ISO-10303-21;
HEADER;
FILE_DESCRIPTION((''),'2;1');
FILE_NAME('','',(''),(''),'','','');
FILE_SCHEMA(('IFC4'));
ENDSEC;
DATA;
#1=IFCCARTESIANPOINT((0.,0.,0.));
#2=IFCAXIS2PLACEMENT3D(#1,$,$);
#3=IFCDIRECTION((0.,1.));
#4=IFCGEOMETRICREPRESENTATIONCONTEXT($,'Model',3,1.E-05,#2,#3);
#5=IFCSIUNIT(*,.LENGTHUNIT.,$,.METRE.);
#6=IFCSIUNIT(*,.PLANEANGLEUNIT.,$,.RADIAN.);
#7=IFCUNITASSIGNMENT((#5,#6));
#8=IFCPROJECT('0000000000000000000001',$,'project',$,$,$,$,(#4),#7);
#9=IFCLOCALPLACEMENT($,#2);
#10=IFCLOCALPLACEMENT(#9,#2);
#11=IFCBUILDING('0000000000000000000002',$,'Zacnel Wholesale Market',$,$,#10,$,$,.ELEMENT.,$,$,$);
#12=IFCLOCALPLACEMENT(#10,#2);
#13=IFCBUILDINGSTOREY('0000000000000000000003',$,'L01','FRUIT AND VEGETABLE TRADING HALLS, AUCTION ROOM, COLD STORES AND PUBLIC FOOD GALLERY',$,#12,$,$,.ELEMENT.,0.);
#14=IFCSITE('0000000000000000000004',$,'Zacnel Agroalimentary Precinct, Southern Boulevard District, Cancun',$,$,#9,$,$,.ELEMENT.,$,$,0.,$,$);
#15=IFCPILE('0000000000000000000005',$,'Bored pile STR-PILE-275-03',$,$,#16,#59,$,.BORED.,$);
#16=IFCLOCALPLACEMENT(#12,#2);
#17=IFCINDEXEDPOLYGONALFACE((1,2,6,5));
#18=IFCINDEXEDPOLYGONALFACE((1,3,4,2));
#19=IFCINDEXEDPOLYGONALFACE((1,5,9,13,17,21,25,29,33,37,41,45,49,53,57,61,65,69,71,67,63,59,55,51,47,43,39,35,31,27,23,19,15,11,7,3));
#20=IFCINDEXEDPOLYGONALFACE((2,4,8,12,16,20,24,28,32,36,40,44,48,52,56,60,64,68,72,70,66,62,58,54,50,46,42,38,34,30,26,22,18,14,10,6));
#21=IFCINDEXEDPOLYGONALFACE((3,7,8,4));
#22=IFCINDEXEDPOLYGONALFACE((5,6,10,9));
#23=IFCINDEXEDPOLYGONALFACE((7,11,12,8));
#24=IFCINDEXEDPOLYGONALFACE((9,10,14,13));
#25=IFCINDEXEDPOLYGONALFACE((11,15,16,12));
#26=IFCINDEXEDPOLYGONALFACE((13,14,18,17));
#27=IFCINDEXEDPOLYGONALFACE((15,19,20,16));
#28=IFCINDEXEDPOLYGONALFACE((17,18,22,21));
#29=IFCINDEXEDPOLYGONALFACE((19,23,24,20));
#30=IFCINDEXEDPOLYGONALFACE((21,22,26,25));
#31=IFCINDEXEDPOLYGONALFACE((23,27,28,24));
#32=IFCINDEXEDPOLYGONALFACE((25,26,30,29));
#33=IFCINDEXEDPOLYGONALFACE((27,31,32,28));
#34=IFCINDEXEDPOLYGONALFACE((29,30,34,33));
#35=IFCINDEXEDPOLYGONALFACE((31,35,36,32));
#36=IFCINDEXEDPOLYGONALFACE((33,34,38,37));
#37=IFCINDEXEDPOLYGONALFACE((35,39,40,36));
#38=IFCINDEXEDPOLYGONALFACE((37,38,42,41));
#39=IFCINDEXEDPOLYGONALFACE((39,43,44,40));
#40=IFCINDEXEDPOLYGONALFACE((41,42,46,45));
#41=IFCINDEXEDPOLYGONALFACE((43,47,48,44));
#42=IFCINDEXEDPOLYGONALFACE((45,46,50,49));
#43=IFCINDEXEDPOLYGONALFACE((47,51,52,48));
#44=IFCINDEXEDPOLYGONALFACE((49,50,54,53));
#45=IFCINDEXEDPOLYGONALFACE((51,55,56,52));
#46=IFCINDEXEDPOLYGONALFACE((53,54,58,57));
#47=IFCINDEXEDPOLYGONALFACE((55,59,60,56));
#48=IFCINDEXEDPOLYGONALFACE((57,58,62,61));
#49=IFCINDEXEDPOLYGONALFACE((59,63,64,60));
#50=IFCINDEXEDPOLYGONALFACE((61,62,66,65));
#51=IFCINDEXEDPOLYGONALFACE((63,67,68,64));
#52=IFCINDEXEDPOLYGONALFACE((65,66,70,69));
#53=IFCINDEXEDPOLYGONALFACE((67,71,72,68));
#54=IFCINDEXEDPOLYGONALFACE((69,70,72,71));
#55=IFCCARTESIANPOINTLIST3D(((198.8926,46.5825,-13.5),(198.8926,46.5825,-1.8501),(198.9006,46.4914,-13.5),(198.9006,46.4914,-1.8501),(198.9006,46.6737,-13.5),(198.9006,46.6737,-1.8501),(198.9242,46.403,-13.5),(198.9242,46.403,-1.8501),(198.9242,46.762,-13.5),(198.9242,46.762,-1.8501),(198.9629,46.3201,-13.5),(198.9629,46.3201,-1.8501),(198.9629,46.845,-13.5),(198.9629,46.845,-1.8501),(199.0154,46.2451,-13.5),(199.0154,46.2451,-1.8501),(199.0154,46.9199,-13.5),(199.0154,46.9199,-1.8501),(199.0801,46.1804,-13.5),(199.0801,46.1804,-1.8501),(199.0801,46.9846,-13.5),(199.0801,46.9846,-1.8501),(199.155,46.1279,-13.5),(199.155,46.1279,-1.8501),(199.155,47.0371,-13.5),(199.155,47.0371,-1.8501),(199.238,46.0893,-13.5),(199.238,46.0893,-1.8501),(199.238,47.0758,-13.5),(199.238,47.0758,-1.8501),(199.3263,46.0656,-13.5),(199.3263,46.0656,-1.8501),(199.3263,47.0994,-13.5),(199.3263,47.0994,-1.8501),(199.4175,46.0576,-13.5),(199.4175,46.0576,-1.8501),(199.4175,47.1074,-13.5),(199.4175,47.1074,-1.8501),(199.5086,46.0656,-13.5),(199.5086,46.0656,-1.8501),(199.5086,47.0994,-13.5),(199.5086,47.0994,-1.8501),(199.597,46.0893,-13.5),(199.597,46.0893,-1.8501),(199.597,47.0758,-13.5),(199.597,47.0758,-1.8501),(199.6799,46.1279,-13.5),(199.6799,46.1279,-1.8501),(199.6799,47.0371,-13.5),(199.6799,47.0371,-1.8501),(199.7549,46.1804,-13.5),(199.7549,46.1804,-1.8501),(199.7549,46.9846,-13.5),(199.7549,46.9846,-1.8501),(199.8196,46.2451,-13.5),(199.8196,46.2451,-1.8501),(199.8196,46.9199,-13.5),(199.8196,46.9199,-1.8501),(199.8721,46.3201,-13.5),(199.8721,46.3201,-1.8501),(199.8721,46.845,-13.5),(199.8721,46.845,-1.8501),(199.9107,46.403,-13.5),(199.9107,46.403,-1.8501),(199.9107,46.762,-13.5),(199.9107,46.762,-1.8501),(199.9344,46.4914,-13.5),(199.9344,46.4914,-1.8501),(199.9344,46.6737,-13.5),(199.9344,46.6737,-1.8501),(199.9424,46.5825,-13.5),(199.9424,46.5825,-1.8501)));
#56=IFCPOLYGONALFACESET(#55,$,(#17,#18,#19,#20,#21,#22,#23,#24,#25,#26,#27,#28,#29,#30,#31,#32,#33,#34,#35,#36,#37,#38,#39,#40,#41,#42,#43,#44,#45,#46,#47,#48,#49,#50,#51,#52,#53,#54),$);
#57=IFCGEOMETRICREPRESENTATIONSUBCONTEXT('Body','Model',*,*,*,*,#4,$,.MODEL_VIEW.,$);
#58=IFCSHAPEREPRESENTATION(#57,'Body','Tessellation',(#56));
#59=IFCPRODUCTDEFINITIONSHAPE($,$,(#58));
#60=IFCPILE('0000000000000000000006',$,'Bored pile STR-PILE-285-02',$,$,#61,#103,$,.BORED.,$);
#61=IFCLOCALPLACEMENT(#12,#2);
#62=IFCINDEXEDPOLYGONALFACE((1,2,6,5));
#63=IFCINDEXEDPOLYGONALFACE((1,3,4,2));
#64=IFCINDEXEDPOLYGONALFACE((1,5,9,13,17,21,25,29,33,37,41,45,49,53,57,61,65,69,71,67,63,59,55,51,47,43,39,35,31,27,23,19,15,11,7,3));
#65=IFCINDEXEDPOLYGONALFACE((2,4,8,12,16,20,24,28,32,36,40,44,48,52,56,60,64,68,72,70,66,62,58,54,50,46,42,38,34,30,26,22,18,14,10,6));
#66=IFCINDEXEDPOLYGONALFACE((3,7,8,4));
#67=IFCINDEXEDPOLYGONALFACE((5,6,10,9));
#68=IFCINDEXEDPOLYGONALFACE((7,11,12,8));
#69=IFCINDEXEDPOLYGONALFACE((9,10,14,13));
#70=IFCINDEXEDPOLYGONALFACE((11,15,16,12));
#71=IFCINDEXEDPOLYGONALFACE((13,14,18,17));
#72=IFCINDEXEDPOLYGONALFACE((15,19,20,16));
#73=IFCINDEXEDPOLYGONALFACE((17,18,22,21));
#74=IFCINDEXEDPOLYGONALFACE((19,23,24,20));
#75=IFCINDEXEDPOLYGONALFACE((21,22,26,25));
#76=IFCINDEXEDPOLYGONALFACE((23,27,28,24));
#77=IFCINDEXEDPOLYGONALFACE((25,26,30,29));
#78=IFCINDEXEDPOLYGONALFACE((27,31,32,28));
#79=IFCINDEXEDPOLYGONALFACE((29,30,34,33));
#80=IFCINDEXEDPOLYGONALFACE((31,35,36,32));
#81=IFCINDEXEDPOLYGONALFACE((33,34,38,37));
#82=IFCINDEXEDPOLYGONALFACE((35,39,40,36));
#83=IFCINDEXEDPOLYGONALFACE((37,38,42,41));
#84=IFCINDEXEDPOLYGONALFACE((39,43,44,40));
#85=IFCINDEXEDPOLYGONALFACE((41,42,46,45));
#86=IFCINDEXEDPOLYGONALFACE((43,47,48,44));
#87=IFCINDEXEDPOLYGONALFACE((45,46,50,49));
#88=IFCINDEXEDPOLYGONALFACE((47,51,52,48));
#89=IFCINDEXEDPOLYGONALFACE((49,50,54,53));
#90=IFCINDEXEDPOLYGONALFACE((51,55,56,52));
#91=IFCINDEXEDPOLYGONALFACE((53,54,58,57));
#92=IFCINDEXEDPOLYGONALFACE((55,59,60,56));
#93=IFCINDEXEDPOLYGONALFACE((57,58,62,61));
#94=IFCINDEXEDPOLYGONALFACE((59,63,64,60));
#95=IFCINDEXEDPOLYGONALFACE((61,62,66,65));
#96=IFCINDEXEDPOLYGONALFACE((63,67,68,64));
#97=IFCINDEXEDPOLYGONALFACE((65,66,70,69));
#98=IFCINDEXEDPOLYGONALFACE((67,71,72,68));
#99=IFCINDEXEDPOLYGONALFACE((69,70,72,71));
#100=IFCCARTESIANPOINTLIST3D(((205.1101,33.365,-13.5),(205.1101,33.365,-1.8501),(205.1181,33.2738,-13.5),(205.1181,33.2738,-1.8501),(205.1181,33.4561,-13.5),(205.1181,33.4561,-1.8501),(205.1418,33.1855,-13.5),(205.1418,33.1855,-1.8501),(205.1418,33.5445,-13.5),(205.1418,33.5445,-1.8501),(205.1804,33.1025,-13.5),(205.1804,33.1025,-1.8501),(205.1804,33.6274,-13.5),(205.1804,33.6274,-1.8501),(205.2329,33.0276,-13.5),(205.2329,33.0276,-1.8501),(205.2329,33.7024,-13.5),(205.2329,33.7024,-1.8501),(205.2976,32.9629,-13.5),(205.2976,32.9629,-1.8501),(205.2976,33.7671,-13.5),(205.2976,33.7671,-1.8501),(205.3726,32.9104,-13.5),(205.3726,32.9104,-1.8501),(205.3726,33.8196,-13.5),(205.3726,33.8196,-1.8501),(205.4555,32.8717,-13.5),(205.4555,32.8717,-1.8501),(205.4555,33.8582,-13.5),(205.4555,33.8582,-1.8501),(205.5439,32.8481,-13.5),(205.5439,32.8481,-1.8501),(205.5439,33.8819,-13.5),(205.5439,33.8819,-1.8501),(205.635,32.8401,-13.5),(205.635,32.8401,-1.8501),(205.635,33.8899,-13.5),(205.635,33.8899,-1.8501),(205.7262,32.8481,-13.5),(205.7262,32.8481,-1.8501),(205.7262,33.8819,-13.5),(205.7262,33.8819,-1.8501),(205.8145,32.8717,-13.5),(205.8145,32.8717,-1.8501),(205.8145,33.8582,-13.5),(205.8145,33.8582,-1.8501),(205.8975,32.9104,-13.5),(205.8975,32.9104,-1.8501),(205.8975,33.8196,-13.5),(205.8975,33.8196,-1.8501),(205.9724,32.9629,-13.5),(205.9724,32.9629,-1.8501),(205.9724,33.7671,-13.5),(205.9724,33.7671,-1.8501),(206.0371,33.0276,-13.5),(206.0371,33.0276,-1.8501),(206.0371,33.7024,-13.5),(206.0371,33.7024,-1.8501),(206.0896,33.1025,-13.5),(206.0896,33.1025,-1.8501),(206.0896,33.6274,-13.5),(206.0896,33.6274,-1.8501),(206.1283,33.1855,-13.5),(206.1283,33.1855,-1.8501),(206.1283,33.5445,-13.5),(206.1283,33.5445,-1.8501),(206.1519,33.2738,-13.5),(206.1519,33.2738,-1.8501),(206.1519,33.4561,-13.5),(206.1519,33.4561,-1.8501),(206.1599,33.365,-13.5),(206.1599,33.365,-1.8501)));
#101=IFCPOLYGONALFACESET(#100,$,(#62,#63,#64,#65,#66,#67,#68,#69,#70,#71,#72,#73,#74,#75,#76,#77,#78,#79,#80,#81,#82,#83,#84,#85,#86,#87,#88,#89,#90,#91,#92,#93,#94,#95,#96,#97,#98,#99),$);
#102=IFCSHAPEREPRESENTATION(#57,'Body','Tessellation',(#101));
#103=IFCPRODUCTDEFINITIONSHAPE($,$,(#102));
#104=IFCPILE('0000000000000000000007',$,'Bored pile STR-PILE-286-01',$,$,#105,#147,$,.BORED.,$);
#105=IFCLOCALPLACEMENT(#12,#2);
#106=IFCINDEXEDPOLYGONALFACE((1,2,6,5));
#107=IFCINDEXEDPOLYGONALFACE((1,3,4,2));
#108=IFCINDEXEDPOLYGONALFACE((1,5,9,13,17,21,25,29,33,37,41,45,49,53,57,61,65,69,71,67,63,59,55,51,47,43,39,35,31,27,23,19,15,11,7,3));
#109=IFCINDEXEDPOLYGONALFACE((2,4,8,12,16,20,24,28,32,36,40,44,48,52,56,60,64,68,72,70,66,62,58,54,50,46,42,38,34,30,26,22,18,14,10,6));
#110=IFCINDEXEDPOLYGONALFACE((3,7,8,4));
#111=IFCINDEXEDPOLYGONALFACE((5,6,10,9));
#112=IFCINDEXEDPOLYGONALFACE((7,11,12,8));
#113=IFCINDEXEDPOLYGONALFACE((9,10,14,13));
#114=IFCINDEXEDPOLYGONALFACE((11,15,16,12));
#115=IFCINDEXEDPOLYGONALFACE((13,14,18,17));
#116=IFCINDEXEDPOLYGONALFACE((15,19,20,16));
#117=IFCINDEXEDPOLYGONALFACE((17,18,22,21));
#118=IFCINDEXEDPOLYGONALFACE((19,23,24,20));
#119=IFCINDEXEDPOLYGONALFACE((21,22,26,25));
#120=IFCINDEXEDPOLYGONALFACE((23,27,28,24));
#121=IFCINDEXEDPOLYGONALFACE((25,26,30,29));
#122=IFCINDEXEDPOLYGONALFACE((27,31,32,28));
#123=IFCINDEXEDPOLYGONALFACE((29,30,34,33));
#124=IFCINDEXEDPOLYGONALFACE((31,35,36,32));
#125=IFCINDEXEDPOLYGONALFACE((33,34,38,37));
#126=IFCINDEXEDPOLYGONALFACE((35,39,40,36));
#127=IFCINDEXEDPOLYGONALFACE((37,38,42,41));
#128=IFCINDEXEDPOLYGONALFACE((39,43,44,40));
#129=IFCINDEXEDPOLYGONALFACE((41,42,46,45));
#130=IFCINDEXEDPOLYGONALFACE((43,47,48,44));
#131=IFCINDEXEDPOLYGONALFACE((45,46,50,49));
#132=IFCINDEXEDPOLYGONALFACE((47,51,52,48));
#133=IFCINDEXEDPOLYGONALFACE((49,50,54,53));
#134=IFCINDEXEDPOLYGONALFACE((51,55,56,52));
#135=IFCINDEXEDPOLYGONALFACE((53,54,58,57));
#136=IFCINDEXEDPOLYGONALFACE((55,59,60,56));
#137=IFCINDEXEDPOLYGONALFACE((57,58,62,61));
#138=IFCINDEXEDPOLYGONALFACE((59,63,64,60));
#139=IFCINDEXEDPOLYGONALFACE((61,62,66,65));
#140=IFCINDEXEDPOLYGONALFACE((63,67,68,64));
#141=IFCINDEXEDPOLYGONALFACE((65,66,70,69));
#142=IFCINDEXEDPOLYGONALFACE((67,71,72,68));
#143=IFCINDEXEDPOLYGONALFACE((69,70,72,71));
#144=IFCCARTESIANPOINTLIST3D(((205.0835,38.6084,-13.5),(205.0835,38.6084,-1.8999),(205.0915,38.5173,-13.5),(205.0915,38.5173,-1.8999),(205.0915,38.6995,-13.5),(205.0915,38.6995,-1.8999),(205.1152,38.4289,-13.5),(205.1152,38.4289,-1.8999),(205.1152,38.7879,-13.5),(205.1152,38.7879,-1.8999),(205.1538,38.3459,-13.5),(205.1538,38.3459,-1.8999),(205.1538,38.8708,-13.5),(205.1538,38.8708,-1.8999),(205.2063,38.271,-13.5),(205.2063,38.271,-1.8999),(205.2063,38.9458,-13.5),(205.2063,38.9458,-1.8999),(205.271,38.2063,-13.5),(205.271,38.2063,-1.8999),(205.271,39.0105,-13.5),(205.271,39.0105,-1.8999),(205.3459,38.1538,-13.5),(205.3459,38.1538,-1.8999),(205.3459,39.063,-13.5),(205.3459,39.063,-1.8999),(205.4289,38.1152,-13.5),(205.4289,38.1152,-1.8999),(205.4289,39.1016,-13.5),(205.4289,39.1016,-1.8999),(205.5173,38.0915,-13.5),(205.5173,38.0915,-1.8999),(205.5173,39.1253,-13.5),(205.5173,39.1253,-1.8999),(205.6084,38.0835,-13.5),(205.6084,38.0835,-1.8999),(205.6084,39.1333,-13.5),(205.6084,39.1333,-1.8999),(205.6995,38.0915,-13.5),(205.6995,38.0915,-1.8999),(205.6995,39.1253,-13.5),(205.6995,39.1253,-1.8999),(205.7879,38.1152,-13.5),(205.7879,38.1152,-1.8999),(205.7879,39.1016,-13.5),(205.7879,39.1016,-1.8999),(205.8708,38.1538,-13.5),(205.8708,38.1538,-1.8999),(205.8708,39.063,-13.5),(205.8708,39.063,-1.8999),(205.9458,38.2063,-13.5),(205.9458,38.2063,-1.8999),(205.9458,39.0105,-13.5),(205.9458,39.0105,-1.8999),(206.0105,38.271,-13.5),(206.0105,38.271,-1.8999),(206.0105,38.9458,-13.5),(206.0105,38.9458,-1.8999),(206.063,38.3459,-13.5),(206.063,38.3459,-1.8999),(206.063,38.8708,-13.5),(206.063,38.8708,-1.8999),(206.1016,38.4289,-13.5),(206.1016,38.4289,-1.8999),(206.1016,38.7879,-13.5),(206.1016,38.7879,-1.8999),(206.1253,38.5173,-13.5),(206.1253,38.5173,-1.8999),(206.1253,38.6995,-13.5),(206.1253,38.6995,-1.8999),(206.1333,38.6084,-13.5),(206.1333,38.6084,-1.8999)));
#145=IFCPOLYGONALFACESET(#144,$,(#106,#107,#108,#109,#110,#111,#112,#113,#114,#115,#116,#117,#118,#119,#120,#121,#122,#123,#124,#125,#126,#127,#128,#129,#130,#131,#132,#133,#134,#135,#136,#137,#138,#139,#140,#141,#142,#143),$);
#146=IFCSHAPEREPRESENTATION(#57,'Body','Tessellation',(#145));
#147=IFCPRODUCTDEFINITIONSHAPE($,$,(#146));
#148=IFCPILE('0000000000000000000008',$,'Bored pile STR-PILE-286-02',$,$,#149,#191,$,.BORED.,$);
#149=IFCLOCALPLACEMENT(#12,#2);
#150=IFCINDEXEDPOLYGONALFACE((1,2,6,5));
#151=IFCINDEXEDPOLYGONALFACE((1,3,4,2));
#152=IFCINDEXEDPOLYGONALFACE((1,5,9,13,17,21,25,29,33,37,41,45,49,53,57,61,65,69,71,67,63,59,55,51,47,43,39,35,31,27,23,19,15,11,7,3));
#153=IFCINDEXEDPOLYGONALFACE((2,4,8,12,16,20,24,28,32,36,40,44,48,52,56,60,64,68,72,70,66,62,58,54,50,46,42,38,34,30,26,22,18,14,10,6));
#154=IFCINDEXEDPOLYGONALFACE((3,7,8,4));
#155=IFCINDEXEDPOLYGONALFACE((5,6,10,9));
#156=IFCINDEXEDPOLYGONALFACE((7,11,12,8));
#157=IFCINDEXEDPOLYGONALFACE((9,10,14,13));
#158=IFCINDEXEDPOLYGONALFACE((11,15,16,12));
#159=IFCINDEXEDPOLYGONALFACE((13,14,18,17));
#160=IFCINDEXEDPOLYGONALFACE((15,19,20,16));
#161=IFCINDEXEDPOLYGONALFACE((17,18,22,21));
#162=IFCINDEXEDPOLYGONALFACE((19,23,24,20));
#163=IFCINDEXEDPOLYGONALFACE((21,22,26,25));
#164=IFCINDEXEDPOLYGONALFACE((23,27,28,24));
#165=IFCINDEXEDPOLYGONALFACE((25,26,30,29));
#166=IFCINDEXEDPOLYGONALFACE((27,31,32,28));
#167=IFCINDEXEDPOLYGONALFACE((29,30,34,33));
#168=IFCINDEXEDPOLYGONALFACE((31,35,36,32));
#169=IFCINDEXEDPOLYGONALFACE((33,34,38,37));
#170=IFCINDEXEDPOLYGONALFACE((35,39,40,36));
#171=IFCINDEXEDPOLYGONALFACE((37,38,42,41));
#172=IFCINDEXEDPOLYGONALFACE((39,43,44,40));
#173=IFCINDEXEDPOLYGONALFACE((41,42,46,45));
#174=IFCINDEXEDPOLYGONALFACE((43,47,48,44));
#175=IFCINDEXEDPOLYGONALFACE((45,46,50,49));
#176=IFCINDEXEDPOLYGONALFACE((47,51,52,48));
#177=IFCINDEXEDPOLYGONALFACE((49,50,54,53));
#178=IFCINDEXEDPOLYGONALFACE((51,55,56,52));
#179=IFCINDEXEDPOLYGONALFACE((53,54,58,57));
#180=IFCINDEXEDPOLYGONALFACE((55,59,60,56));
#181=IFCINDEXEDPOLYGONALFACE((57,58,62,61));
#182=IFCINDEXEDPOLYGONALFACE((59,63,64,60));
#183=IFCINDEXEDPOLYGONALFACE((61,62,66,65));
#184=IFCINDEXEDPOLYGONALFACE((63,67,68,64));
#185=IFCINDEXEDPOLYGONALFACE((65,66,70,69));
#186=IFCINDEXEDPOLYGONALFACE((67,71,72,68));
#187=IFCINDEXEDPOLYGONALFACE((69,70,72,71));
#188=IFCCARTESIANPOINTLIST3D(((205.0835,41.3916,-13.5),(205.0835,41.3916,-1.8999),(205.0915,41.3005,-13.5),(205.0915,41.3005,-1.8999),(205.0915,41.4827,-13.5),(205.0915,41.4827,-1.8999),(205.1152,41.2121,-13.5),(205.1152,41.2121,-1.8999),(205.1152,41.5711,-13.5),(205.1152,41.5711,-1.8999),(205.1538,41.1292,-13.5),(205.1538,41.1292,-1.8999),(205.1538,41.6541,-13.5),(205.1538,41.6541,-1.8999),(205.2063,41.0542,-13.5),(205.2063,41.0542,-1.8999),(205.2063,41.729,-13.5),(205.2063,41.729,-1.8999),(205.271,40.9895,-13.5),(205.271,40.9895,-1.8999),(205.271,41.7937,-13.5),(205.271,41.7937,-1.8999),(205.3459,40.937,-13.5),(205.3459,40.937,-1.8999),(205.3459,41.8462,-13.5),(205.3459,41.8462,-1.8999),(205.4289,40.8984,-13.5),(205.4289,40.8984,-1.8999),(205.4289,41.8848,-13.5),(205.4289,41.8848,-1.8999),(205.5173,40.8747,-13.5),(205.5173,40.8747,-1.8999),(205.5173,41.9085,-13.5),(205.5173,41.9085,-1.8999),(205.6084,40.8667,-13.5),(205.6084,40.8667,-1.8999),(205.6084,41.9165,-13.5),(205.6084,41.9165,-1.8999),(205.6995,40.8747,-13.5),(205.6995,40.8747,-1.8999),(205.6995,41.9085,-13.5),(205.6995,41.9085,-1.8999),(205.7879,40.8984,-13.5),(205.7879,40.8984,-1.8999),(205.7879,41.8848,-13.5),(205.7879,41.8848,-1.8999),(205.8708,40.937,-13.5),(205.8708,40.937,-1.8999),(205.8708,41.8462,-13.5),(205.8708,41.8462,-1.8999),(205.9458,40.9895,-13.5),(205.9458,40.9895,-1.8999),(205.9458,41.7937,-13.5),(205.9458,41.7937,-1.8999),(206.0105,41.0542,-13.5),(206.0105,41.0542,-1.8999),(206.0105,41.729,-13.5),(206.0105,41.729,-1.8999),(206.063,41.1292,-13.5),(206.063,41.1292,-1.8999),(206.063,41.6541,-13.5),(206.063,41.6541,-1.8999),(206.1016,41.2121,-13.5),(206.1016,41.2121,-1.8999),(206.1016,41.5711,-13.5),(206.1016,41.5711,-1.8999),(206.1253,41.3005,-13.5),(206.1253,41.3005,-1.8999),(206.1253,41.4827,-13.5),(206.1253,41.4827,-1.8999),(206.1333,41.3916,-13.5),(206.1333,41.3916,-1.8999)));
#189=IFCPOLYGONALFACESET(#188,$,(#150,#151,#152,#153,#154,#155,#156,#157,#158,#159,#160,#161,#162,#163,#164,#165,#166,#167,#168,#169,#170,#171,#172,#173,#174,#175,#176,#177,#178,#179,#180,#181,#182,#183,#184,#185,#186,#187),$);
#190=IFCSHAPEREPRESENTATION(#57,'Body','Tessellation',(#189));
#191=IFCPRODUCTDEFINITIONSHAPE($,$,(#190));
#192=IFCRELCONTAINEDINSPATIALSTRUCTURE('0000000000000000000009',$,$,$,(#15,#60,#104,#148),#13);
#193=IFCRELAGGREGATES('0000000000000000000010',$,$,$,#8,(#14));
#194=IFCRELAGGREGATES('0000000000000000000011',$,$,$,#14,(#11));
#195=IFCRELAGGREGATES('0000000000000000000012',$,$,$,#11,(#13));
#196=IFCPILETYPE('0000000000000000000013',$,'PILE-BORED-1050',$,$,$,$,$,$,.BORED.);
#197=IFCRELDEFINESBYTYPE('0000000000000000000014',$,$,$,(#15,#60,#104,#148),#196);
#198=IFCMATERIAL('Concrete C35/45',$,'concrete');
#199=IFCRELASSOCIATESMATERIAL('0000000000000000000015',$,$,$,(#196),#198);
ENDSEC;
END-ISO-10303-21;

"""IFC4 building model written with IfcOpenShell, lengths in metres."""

from ifc_helpers import new_model, si_unit, direction, frame, origin, origin_2d, place, context, subcontext, project, spatial, circle, extrude, material, material_profile, profile_set, type_object, element, save


model = new_model("IFC4")

# Units and contexts
model_context = context("Model", 3, precision=1e-05, world=origin(), true_north=direction((0.0, 1.0)))
body_context = subcontext(model_context, "Body", "Model", "MODEL_VIEW")
ifc_project = project(units=[si_unit("LENGTHUNIT", "METRE"), si_unit("PLANEANGLEUNIT", "RADIAN")], contexts=[model_context])

# Site, building, storey
site_placement = place(None, origin())
site = spatial("IfcSite", under=ifc_project, at=site_placement, Name="Zacnel Agroalimentary Precinct, Southern Boulevard District, Cancun", CompositionType="ELEMENT", RefElevation=0.0)
building_placement = place(site_placement, origin())
building = spatial("IfcBuilding", under=site, at=building_placement, Name="Zacnel Wholesale Market", CompositionType="ELEMENT")
storey_placement = place(building_placement, origin())
storey = spatial("IfcBuildingStorey", under=building, at=storey_placement, Name="L01", Description="FRUIT AND VEGETABLE TRADING HALLS, AUCTION ROOM, COLD STORES AND PUBLIC FOOD GALLERY", CompositionType="ELEMENT", Elevation=0.0)

# Piles
ifc_material_1 = material(Name="Concrete C35/45", Category="concrete")
ifc_material_profile_1 = material_profile(ifc_material_1, circle(Radius=0.5249, at=origin_2d()), Name="BORED PILE D1050")
ifc_profile_set_1 = profile_set([ifc_material_profile_1], Name="Concrete C35/45")
pile_type = type_object("IfcPileType", Name="PILE-BORED-1050", PredefinedType="BORED", material=ifc_profile_set_1)
for number, where, z_axis, x_axis, name in (
    (1, (199.4175, 46.5825, -1.8501), (0.0, 0.0, -1.0), (1.0, 0.0, 0.0), "Bored pile STR-PILE-275-03"),
    (2, (205.635, 33.365, -1.8501), (0.0, 0.0, -1.0), (1.0, 0.0, 0.0), "Bored pile STR-PILE-285-02"),
):
    element("IfcPile", number, at=place(storey_placement, frame(where, z_axis=z_axis, x_axis=x_axis)), inside=storey, type_object=pile_type, Name=name, PredefinedType="BORED", context=body_context, shape_type="SweptSolid", body=[
        extrude(circle(Radius=0.5249, at=origin_2d()), origin(), (0.0, 0.0, 1.0), 11.6499),
    ])
for number, where, z_axis, x_axis, name in (
    (3, (205.6084, 38.6084, -1.8999), (0.0, 0.0, -1.0), (1.0, 0.0, 0.0), "Bored pile STR-PILE-286-01"),
    (4, (205.6084, 41.3916, -1.8999), (0.0, 0.0, -1.0), (1.0, 0.0, 0.0), "Bored pile STR-PILE-286-02"),
):
    element("IfcPile", number, at=place(storey_placement, frame(where, z_axis=z_axis, x_axis=x_axis)), inside=storey, type_object=pile_type, Name=name, PredefinedType="BORED", context=body_context, shape_type="SweptSolid", body=[
        extrude(circle(Radius=0.5249, at=origin_2d()), origin(), (0.0, 0.0, 1.0), 11.6001),
    ])

save(model, "model.ifc")
